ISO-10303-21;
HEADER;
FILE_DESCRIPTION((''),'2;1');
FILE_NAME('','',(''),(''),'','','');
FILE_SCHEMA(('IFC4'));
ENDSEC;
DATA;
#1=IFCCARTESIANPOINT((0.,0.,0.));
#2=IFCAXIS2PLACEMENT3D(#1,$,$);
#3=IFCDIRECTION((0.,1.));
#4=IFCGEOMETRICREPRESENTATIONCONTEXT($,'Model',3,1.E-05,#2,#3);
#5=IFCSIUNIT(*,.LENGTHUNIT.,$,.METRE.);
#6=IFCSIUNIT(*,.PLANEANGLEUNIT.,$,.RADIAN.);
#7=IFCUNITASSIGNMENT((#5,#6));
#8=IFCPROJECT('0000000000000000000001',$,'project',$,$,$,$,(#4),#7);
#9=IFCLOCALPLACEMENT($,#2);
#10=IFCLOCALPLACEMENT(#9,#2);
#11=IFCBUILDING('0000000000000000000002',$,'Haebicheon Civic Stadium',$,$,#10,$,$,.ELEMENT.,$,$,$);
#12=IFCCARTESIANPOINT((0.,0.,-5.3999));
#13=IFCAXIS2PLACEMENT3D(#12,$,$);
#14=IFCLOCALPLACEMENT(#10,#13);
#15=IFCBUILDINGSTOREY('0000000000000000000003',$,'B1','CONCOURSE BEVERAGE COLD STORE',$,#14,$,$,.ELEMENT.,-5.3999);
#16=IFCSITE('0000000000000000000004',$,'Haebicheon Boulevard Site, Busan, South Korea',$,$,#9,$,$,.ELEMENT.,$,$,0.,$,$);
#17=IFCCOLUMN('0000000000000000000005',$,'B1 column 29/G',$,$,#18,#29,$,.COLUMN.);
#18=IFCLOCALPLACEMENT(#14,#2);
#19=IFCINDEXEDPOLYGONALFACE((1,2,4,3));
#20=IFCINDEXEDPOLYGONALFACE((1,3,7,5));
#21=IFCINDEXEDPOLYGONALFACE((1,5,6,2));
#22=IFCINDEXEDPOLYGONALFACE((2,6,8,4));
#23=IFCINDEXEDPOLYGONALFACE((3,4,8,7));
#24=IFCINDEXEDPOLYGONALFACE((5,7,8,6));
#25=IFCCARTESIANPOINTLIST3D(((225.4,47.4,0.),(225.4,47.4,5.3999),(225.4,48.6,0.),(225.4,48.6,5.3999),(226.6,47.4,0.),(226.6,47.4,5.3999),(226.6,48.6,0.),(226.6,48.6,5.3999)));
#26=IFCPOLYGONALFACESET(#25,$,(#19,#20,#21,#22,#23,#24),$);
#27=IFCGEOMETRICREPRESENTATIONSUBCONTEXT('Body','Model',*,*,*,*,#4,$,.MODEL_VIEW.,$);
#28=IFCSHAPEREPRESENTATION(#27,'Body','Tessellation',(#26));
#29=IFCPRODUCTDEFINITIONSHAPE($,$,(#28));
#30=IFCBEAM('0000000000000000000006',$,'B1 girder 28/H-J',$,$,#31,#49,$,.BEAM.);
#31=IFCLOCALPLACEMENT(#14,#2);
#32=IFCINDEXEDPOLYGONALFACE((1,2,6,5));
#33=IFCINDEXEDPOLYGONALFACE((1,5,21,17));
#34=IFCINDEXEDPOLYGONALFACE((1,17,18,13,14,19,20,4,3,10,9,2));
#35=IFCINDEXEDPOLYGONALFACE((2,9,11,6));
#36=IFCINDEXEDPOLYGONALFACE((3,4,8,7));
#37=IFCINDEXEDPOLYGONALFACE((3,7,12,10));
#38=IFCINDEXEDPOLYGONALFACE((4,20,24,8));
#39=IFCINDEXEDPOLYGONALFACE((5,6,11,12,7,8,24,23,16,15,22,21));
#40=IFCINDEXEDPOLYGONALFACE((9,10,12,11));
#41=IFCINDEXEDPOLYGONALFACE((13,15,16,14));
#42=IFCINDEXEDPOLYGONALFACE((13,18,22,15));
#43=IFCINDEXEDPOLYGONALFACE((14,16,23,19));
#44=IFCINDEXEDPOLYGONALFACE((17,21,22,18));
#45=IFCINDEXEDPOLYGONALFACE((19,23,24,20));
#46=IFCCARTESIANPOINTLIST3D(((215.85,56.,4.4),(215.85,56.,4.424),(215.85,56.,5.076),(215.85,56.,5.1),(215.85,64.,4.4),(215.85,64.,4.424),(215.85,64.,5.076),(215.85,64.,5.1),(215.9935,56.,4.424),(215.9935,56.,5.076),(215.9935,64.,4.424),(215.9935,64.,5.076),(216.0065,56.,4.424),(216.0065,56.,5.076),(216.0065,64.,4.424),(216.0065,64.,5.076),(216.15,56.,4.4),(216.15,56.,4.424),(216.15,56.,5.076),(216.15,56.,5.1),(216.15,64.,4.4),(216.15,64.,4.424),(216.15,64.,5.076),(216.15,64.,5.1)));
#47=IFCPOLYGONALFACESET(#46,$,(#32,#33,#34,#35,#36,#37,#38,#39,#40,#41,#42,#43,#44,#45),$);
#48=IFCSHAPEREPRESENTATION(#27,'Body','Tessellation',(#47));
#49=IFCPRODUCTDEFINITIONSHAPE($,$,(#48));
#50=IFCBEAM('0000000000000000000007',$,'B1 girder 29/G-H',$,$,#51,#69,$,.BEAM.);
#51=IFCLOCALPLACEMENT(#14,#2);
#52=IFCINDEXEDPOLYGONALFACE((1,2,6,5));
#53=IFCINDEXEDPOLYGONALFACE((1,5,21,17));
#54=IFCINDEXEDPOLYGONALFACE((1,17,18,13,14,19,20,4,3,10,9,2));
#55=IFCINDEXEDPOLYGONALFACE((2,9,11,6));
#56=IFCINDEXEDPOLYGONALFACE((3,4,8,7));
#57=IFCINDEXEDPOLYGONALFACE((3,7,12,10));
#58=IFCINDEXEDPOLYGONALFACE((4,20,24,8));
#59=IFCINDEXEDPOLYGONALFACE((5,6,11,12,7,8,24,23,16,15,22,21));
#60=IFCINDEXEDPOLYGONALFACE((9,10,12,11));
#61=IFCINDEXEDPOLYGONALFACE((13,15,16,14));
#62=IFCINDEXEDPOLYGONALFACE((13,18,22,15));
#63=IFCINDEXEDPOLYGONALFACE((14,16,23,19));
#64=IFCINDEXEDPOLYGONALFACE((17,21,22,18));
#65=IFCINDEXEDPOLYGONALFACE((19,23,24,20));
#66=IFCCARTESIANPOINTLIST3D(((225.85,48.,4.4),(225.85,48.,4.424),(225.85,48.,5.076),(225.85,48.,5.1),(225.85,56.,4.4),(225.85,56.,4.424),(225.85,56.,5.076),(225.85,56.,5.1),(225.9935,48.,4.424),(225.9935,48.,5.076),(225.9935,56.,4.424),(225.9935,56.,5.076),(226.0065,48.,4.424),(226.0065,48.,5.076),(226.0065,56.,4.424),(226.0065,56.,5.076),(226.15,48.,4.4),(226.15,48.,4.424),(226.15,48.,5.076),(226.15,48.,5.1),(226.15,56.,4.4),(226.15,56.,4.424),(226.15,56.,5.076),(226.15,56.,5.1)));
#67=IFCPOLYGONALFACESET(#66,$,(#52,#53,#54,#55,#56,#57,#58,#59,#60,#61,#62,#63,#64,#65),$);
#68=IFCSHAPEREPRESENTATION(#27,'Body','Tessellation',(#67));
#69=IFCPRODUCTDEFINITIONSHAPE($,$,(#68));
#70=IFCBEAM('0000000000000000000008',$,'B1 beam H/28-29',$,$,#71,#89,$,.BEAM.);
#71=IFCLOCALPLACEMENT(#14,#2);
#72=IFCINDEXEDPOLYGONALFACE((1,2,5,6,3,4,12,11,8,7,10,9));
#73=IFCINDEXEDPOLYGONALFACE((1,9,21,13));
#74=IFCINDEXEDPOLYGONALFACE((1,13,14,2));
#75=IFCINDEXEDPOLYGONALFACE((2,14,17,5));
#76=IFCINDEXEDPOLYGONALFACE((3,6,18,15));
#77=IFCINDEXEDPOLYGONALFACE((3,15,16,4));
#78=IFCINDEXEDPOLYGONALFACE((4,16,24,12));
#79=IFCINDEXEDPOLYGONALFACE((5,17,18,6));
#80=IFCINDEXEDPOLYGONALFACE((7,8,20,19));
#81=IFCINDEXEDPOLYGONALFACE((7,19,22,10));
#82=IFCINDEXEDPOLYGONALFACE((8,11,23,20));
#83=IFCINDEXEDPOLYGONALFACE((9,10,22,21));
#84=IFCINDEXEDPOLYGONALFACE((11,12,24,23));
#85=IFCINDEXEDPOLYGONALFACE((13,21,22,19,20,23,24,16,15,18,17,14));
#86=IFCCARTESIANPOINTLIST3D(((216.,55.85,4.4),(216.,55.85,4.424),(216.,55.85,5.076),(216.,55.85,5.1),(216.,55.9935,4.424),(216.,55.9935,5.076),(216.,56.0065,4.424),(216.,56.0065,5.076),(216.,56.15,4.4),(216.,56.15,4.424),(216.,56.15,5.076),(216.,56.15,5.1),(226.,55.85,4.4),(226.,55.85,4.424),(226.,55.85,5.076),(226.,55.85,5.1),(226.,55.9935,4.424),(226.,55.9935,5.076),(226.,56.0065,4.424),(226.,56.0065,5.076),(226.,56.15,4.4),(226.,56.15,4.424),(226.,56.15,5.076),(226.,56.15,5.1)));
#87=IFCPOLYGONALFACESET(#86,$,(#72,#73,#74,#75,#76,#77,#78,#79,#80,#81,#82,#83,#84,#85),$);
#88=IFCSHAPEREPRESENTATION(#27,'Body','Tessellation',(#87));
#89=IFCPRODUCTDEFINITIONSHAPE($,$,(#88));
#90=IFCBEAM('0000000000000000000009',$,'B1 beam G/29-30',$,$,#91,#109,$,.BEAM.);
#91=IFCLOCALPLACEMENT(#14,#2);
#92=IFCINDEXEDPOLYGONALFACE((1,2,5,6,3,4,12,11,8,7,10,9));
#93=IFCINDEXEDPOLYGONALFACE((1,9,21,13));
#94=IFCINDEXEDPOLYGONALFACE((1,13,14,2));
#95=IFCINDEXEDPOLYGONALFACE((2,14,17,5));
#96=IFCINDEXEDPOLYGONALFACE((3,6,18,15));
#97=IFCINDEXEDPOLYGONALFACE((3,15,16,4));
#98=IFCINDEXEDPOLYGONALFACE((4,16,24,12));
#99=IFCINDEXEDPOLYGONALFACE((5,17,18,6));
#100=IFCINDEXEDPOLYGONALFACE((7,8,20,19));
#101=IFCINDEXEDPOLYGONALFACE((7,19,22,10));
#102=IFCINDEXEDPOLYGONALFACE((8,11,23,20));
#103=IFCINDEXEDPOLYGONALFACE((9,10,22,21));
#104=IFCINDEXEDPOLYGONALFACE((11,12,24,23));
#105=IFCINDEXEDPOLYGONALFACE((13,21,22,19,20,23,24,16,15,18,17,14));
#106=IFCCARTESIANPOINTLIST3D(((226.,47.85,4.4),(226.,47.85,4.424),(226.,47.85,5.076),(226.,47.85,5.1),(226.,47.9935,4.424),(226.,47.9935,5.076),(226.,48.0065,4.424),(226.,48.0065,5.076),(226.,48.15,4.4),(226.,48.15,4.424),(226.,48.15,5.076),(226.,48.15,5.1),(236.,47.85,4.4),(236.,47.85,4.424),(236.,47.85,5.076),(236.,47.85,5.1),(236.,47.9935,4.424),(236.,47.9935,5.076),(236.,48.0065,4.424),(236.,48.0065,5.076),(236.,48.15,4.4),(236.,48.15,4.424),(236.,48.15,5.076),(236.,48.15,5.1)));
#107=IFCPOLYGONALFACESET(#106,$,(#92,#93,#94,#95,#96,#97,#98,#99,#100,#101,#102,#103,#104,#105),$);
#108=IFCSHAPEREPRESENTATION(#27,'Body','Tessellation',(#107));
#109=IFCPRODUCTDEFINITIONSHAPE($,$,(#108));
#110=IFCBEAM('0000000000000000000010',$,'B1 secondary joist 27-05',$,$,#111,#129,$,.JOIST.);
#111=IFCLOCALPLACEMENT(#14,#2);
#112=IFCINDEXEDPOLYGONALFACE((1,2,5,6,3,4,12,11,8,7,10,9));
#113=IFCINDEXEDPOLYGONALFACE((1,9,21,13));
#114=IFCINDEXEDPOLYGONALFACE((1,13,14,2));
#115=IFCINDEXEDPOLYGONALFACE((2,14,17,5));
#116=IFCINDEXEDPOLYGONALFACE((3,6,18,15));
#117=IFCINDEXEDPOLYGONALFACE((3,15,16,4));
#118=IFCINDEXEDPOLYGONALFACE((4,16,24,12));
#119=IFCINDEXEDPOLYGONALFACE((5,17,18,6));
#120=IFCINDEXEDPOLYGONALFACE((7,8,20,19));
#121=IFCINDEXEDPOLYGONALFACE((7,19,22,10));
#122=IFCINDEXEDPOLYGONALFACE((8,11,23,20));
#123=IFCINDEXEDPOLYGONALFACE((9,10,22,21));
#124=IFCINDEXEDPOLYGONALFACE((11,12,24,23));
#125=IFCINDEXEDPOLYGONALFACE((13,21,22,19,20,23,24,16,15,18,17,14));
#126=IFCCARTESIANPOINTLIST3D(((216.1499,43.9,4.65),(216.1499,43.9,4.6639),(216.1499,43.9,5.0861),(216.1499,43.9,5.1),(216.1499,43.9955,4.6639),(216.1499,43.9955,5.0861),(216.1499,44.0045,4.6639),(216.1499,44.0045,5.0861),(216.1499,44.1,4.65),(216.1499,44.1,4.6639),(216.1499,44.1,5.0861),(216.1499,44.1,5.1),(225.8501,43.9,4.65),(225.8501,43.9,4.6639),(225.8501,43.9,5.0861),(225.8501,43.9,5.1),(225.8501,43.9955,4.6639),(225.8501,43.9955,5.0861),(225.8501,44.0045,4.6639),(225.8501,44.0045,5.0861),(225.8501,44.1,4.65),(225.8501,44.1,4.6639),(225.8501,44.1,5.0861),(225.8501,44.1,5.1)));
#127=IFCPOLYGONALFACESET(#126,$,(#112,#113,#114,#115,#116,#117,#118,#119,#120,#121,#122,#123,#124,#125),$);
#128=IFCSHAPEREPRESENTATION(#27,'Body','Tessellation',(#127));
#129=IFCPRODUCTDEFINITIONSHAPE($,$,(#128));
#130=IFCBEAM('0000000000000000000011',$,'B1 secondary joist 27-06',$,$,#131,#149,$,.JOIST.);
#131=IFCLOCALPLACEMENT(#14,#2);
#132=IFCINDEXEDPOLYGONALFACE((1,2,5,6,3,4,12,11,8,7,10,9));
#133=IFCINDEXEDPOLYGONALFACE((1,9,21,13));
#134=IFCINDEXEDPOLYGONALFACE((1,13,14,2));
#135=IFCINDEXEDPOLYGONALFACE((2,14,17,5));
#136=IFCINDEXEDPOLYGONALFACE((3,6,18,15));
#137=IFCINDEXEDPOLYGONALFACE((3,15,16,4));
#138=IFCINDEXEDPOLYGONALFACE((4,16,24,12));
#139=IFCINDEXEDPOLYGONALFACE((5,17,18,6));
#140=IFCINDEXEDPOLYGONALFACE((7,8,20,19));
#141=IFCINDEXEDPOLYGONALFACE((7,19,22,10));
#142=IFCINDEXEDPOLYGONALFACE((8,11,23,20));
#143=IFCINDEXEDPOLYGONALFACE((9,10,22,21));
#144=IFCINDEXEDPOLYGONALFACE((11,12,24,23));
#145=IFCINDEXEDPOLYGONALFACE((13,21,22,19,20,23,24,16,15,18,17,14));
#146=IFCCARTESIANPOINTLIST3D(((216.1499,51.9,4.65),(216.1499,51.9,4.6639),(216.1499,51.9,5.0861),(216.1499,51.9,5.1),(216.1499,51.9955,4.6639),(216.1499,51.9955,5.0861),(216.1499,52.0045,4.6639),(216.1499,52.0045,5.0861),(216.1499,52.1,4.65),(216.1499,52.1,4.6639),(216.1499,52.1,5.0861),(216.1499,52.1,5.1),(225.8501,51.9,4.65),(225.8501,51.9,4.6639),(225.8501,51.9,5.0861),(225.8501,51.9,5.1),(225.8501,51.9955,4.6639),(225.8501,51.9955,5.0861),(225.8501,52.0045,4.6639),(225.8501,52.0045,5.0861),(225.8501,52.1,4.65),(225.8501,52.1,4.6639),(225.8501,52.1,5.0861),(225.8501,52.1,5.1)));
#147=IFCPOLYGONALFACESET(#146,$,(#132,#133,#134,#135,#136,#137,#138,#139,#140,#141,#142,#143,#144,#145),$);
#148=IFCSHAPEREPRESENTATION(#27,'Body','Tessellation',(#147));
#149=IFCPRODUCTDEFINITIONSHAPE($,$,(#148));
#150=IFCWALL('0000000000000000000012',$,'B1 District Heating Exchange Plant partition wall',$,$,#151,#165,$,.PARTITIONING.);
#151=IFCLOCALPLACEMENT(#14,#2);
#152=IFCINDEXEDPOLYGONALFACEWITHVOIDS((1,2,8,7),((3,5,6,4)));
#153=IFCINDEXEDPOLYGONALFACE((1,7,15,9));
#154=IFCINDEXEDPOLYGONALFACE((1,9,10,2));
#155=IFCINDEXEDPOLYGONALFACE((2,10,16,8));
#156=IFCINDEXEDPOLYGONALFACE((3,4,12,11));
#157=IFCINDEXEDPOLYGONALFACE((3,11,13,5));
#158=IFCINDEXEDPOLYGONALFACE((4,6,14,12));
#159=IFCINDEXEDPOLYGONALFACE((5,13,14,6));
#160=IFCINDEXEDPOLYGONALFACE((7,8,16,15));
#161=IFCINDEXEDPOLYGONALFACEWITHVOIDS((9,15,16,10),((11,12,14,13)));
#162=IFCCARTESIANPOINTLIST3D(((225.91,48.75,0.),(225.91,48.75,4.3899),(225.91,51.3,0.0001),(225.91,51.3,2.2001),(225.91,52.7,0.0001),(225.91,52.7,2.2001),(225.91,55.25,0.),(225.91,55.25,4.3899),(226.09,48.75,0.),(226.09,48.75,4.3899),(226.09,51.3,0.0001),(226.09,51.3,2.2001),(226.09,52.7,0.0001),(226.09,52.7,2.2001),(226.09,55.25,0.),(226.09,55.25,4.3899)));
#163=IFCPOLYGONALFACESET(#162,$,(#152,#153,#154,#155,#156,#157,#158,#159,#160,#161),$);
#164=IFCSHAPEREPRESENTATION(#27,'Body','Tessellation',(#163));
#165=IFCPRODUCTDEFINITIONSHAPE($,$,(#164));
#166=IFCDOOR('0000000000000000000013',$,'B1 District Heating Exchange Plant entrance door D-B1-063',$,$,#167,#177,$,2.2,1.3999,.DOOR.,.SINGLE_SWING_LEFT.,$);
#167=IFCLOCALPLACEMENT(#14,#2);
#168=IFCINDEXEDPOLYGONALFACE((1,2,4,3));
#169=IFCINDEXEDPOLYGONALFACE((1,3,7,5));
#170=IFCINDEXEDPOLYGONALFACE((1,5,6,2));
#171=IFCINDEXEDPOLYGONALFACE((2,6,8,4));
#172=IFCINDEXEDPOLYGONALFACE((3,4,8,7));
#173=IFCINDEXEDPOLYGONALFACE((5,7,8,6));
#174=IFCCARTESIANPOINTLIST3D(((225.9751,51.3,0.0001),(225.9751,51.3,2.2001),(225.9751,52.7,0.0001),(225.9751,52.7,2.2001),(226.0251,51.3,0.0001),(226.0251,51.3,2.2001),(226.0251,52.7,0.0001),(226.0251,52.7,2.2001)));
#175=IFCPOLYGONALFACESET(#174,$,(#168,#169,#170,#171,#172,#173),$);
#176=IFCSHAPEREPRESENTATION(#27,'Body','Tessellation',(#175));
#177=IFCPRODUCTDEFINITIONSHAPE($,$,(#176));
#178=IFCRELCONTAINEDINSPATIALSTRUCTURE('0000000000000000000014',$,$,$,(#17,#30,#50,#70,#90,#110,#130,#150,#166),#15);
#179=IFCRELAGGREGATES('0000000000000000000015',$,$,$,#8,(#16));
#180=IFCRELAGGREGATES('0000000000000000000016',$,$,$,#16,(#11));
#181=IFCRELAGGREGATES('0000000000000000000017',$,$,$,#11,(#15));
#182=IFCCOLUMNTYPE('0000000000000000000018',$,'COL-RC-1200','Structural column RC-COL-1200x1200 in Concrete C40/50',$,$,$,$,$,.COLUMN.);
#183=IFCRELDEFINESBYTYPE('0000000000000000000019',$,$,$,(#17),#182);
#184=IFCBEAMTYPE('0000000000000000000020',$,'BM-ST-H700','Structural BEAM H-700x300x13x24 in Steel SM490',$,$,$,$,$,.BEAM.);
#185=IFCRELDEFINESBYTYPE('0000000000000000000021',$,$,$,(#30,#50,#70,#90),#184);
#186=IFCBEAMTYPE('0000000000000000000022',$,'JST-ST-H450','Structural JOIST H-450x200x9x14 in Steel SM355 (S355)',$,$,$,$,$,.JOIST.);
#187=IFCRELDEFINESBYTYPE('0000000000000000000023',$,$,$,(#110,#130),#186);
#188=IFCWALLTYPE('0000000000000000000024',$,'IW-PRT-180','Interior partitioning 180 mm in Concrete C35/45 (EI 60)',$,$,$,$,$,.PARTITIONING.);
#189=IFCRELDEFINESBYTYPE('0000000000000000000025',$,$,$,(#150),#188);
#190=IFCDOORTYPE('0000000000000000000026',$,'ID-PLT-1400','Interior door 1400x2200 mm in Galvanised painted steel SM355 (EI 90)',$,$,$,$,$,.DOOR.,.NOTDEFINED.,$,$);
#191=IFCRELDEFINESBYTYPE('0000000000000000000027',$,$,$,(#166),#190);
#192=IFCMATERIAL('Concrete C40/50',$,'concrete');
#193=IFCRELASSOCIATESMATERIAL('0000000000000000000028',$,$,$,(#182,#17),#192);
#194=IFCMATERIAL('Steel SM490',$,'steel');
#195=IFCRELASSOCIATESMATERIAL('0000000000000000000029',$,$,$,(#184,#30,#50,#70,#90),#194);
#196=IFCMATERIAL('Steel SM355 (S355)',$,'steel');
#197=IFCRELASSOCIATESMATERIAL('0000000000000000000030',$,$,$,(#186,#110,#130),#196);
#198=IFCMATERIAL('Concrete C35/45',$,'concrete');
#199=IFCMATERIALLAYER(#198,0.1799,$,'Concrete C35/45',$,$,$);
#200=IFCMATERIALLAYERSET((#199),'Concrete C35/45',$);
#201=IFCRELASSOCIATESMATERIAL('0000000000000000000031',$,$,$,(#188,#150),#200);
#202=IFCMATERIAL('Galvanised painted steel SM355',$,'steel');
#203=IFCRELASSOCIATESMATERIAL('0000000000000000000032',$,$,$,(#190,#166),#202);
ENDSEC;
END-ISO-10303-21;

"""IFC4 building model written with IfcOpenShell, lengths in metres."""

from ifc_helpers import new_model, si_unit, direction, frame, frame_2d, origin, origin_2d, place, context, subcontext, project, spatial, rectangle, i_section, extrude, material, layer, layer_set, material_profile, profile_set, type_object, element, fill, save


model = new_model("IFC4")

# Units and contexts
model_context = context("Model", 3, precision=1e-05, world=origin(), true_north=direction((0.0, 1.0)))
body_context = subcontext(model_context, "Body", "Model", "MODEL_VIEW")
ifc_project = project(units=[si_unit("LENGTHUNIT", "METRE"), si_unit("PLANEANGLEUNIT", "RADIAN")], contexts=[model_context])

# Site, building, storey
site_placement = place(None, origin())
site = spatial("IfcSite", under=ifc_project, at=site_placement, Name="Haebicheon Boulevard Site, Busan, South Korea", CompositionType="ELEMENT", RefElevation=0.0)
building_placement = place(site_placement, origin())
building = spatial("IfcBuilding", under=site, at=building_placement, Name="Haebicheon Civic Stadium", CompositionType="ELEMENT")
storey_placement = place(building_placement, frame((0.0, 0.0, -5.3999)))
storey = spatial("IfcBuildingStorey", under=building, at=storey_placement, Name="B1", Description="CONCOURSE BEVERAGE COLD STORE", CompositionType="ELEMENT", Elevation=-5.3999)

# Column
ifc_material_1 = material(Name="Concrete C40/50", Category="concrete")
ifc_material_profile_1 = material_profile(ifc_material_1, rectangle(XDim=1.2, YDim=1.2, at=origin_2d()), Name="RC-COL-1200x1200")
ifc_profile_set_1 = profile_set([ifc_material_profile_1], Name="Concrete C40/50")
column_type = type_object("IfcColumnType", Name="COL-RC-1200", Description="Structural column RC-COL-1200x1200 in Concrete C40/50", PredefinedType="COLUMN", material=ifc_profile_set_1)
for number, where, z_axis, x_axis, name in (
    (1, (226.0, 48.0, 0.0), (0.0, 0.0, 1.0), (1.0, 0.0, 0.0), "B1 column 29/G"),
):
    element("IfcColumn", number, at=place(storey_placement, frame(where, z_axis=z_axis, x_axis=x_axis)), inside=storey, type_object=column_type, material=ifc_profile_set_1, Name=name, PredefinedType="COLUMN", context=body_context, shape_type="SweptSolid", body=[
        extrude(rectangle(XDim=1.2, YDim=1.2, at=origin_2d()), origin(), (0.0, 0.0, 1.0), 5.3999),
    ])

# Beams
ifc_material_2 = material(Name="Steel SM490", Category="steel")
ifc_material_profile_2 = material_profile(ifc_material_2, i_section(OverallWidth=0.3, OverallDepth=0.7, WebThickness=0.0129, FlangeThickness=0.0239, at=origin_2d()), Name="H-700x300x13x24")
ifc_profile_set_2 = profile_set([ifc_material_profile_2], Name="Steel SM490")
beam_type_1 = type_object("IfcBeamType", Name="BM-ST-H700", Description="Structural BEAM H-700x300x13x24 in Steel SM490", PredefinedType="BEAM", material=ifc_profile_set_2)
for number, where, z_axis, x_axis, name in (
    (2, (216.0, 56.0, 4.75), (0.0, 1.0, 0.0), (-1.0, 0.0, 0.0), "B1 girder 28/H-J"),
    (3, (226.0, 48.0, 4.75), (0.0, 1.0, 0.0), (-1.0, 0.0, 0.0), "B1 girder 29/G-H"),
):
    element("IfcBeam", number, at=place(storey_placement, frame(where, z_axis=z_axis, x_axis=x_axis)), inside=storey, type_object=beam_type_1, material=ifc_profile_set_2, Name=name, PredefinedType="BEAM", context=body_context, shape_type="SweptSolid", body=[
        extrude(i_section(OverallWidth=0.3, OverallDepth=0.7, WebThickness=0.0129, FlangeThickness=0.0239, at=origin_2d()), origin(), (0.0, 0.0, 1.0), 8.0),
    ])
for number, where, z_axis, x_axis, name in (
    (4, (216.0, 56.0, 4.75), (1.0, 0.0, 0.0), (0.0, 1.0, 0.0), "B1 beam H/28-29"),
    (5, (226.0, 48.0, 4.75), (1.0, 0.0, 0.0), (0.0, 1.0, 0.0), "B1 beam G/29-30"),
):
    element("IfcBeam", number, at=place(storey_placement, frame(where, z_axis=z_axis, x_axis=x_axis)), inside=storey, type_object=beam_type_1, material=ifc_profile_set_2, Name=name, PredefinedType="BEAM", context=body_context, shape_type="SweptSolid", body=[
        extrude(i_section(OverallWidth=0.3, OverallDepth=0.7, WebThickness=0.0129, FlangeThickness=0.0239, at=origin_2d()), origin(), (0.0, 0.0, 1.0), 10.0),
    ])
ifc_material_3 = material(Name="Steel SM355 (S355)", Category="steel")
ifc_material_profile_3 = material_profile(ifc_material_3, i_section(OverallWidth=0.2, OverallDepth=0.45, WebThickness=0.009, FlangeThickness=0.0139, at=origin_2d()), Name="H-450x200x9x14")
ifc_profile_set_3 = profile_set([ifc_material_profile_3], Name="Steel SM355 (S355)")
beam_type_2 = type_object("IfcBeamType", Name="JST-ST-H450", Description="Structural JOIST H-450x200x9x14 in Steel SM355 (S355)", PredefinedType="JOIST", material=ifc_profile_set_3)
for number, where, z_axis, x_axis, name in (
    (6, (216.1499, 44.0, 4.875), (1.0, 0.0, 0.0), (0.0, 1.0, 0.0), "B1 secondary joist 27-05"),
    (7, (216.1499, 52.0, 4.875), (1.0, 0.0, 0.0), (0.0, 1.0, 0.0), "B1 secondary joist 27-06"),
):
    element("IfcBeam", number, at=place(storey_placement, frame(where, z_axis=z_axis, x_axis=x_axis)), inside=storey, type_object=beam_type_2, material=ifc_profile_set_3, Name=name, PredefinedType="JOIST", context=body_context, shape_type="SweptSolid", body=[
        extrude(i_section(OverallWidth=0.2, OverallDepth=0.45, WebThickness=0.009, FlangeThickness=0.0139, at=origin_2d()), origin(), (0.0, 0.0, 1.0), 9.7002),
    ])

# Wall, opening, door
ifc_material_4 = material(Name="Concrete C35/45", Category="concrete")
ifc_layer_1 = layer(ifc_material_4, 0.1799, Name="Concrete C35/45")
ifc_layer_set_1 = layer_set([ifc_layer_1], Name="Concrete C35/45")
wall_type = type_object("IfcWallType", Name="IW-PRT-180", Description="Interior partitioning 180 mm in Concrete C35/45 (EI 60)", PredefinedType="PARTITIONING", material=ifc_layer_set_1)
wall_placement = place(storey_placement, frame((226.0, 48.75, 0.0), z_axis=(0.0, 0.0, 1.0), x_axis=(0.0, 1.0, 0.0)))
wall = element("IfcWall", 8, at=wall_placement, inside=storey, type_object=wall_type, material=ifc_layer_set_1, Name="B1 District Heating Exchange Plant partition wall", PredefinedType="PARTITIONING", context=body_context, shape_type="SweptSolid", body=[
    extrude(rectangle(XDim=6.5, YDim=0.1799, at=frame_2d((3.25, 0.0))), origin(), (0.0, 0.0, 1.0), 4.3899),
])
opening_placement = place(wall_placement, frame((2.55, 0.0, 0.0)))
opening = element("IfcOpeningElement", 9, at=opening_placement, cuts=wall, PredefinedType="OPENING", context=body_context, shape_type="SweptSolid", body=[
    extrude(rectangle(XDim=1.3999, YDim=2.2, at=frame_2d((0.7, 1.1001))), frame((0.0, 0.0999, 0.0), z_axis=(0.0, -1.0, 0.0), x_axis=(1.0, 0.0, 0.0)), (0.0, 0.0, 1.0), 0.2),
])
ifc_material_5 = material(Name="Galvanised painted steel SM355", Category="steel")
door_type = type_object("IfcDoorType", Name="ID-PLT-1400", Description="Interior door 1400x2200 mm in Galvanised painted steel SM355 (EI 90)", OperationType="NOTDEFINED", PredefinedType="DOOR", material=ifc_material_5)
door_placement = place(opening_placement, origin())
door = element("IfcDoor", 10, at=door_placement, inside=storey, type_object=door_type, material=ifc_material_5, Name="B1 District Heating Exchange Plant entrance door D-B1-063", OperationType="SINGLE_SWING_LEFT", OverallHeight=2.2, OverallWidth=1.3999, PredefinedType="DOOR", context=body_context, shape_type="SweptSolid", body=[
    extrude(rectangle(XDim=1.3999, YDim=2.2, at=frame_2d((0.7, 1.1001))), frame((0.0, 0.0249, 0.0), z_axis=(0.0, -1.0, 0.0), x_axis=(1.0, 0.0, 0.0)), (0.0, 0.0, 1.0), 0.05),
])
fill(opening, door)

save(model, "model.ifc")
